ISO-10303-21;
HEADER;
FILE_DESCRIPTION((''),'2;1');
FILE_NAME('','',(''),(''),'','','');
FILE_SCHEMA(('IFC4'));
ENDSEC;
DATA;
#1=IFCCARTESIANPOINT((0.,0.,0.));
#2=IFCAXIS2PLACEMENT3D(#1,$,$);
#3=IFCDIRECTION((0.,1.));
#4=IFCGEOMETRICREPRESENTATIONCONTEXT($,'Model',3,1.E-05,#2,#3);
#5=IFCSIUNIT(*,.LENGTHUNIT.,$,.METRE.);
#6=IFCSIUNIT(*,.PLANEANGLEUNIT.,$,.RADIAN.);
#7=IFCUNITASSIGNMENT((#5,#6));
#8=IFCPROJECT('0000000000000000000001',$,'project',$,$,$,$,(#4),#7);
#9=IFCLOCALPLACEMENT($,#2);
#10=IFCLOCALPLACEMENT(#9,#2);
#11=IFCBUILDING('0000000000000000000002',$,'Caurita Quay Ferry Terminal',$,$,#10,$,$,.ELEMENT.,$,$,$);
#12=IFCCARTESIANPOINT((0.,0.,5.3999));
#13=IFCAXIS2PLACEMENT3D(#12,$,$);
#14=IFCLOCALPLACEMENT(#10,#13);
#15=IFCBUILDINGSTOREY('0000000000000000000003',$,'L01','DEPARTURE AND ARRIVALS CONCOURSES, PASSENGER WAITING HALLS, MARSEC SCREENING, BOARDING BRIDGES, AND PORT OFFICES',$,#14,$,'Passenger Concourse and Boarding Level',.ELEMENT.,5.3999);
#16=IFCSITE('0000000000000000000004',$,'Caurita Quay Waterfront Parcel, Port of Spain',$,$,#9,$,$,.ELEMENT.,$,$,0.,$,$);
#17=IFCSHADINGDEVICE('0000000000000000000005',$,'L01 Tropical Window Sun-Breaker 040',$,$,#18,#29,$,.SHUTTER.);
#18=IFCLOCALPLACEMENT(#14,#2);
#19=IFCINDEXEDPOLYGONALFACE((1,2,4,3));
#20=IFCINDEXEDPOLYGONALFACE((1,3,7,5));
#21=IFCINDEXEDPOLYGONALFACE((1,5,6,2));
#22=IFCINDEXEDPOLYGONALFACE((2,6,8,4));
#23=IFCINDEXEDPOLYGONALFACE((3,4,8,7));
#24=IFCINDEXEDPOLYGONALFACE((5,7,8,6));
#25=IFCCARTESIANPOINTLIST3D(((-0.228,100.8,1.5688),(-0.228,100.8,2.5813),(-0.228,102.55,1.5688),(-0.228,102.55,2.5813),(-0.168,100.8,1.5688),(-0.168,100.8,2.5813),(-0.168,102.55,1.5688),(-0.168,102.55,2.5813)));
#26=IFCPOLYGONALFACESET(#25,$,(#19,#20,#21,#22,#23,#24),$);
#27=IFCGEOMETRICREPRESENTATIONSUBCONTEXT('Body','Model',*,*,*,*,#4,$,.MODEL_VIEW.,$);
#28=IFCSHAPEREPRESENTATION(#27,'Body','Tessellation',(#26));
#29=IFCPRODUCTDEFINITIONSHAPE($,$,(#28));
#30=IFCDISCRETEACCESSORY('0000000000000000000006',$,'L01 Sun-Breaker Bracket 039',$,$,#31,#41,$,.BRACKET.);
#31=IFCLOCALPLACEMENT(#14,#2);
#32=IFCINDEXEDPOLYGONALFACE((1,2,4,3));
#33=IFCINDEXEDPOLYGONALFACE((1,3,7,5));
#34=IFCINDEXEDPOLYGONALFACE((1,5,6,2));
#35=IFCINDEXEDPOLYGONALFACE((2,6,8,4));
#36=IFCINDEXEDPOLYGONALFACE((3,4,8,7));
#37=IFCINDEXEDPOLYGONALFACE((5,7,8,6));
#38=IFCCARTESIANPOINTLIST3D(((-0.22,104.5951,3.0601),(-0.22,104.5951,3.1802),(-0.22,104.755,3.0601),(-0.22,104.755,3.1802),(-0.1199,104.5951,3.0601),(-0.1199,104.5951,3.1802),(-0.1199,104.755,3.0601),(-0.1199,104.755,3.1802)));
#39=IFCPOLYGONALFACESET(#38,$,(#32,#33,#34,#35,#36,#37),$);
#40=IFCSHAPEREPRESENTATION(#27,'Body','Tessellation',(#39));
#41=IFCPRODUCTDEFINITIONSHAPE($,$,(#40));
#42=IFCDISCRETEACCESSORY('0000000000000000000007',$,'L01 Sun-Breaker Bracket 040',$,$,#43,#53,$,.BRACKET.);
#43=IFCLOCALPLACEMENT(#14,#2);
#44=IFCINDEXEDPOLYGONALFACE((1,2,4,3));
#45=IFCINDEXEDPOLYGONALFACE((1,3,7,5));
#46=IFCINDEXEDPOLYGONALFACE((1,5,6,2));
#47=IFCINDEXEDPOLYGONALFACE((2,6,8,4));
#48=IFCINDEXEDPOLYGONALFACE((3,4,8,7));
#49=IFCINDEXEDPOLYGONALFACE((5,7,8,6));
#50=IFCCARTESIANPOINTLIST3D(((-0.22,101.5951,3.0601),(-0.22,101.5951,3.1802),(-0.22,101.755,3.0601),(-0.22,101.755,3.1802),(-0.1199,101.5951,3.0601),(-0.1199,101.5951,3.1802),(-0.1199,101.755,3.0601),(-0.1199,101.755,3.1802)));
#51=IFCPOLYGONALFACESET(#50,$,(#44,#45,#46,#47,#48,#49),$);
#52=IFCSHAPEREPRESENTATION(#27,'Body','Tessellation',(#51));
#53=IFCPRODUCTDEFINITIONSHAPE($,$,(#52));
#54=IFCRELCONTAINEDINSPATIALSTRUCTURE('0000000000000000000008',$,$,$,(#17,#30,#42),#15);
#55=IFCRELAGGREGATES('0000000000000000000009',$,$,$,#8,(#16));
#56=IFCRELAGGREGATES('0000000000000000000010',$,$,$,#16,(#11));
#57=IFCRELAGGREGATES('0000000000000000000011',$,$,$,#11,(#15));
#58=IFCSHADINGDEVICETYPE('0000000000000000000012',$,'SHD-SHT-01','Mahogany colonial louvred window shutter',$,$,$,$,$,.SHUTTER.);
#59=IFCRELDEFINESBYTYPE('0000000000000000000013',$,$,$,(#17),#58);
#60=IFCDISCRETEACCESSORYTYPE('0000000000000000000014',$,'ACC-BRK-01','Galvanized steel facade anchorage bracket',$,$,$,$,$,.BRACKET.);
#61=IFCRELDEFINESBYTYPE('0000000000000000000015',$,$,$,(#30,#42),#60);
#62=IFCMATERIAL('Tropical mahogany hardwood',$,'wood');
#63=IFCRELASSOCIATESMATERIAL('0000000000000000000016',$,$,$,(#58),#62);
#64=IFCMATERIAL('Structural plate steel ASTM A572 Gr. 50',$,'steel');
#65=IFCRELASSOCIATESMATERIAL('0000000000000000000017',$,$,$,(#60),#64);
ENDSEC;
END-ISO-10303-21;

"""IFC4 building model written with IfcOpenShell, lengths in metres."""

from ifc_helpers import new_model, si_unit, direction, frame, origin, origin_2d, place, context, subcontext, project, spatial, rectangle, extrude, material, type_object, element, save


model = new_model("IFC4")

# Units and contexts
model_context = context("Model", 3, precision=1e-05, world=origin(), true_north=direction((0.0, 1.0)))
body_context = subcontext(model_context, "Body", "Model", "MODEL_VIEW")
ifc_project = project(units=[si_unit("LENGTHUNIT", "METRE"), si_unit("PLANEANGLEUNIT", "RADIAN")], contexts=[model_context])

# Site, building, storey
site_placement = place(None, origin())
site = spatial("IfcSite", under=ifc_project, at=site_placement, Name="Caurita Quay Waterfront Parcel, Port of Spain", CompositionType="ELEMENT", RefElevation=0.0)
building_placement = place(site_placement, origin())
building = spatial("IfcBuilding", under=site, at=building_placement, Name="Caurita Quay Ferry Terminal", CompositionType="ELEMENT")
storey_placement = place(building_placement, frame((0.0, 0.0, 5.3999)))
storey = spatial("IfcBuildingStorey", under=building, at=storey_placement, Name="L01", Description="DEPARTURE AND ARRIVALS CONCOURSES, PASSENGER WAITING HALLS, MARSEC SCREENING, BOARDING BRIDGES, AND PORT OFFICES", LongName="Passenger Concourse and Boarding Level", CompositionType="ELEMENT", Elevation=5.3999)

# Shading device
ifc_material_1 = material(Name="Tropical mahogany hardwood", Category="wood")
shading_device_type_1 = type_object("IfcShadingDeviceType", Name="SHD-SHT-01", Description="Mahogany colonial louvred window shutter", PredefinedType="SHUTTER", material=ifc_material_1)
shading_device_1_placement = place(storey_placement, frame((-0.198, 101.675, 1.5688), z_axis=(0.0, 0.0, 1.0), x_axis=(0.0, -1.0, 0.0)))
element("IfcShadingDevice", 1, at=shading_device_1_placement, inside=storey, type_object=shading_device_type_1, Name="L01 Tropical Window Sun-Breaker 040", PredefinedType="SHUTTER", context=body_context, shape_type="SweptSolid", body=[
    extrude(rectangle(XDim=1.75, YDim=0.0601, at=origin_2d()), origin(), (0.0, 0.0, 1.0), 1.0125),
])

# Discrete accessories
ifc_material_2 = material(Name="Structural plate steel ASTM A572 Gr. 50", Category="steel")
discrete_accessory_type = type_object("IfcDiscreteAccessoryType", Name="ACC-BRK-01", Description="Galvanized steel facade anchorage bracket", PredefinedType="BRACKET", material=ifc_material_2)
for number, where, z_axis, x_axis, name in (
    (2, (-0.1699, 104.675, 3.0601), (0.0, 0.0, 1.0), (0.0, -1.0, 0.0), "L01 Sun-Breaker Bracket 039"),
    (3, (-0.1699, 101.675, 3.0601), (0.0, 0.0, 1.0), (0.0, -1.0, 0.0), "L01 Sun-Breaker Bracket 040"),
):
    element("IfcDiscreteAccessory", number, at=place(storey_placement, frame(where, z_axis=z_axis, x_axis=x_axis)), inside=storey, type_object=discrete_accessory_type, Name=name, PredefinedType="BRACKET", context=body_context, shape_type="SweptSolid", body=[
        extrude(rectangle(XDim=0.1599, YDim=0.1001, at=origin_2d()), origin(), (0.0, 0.0, 1.0), 0.1201),
    ])

save(model, "model.ifc")
